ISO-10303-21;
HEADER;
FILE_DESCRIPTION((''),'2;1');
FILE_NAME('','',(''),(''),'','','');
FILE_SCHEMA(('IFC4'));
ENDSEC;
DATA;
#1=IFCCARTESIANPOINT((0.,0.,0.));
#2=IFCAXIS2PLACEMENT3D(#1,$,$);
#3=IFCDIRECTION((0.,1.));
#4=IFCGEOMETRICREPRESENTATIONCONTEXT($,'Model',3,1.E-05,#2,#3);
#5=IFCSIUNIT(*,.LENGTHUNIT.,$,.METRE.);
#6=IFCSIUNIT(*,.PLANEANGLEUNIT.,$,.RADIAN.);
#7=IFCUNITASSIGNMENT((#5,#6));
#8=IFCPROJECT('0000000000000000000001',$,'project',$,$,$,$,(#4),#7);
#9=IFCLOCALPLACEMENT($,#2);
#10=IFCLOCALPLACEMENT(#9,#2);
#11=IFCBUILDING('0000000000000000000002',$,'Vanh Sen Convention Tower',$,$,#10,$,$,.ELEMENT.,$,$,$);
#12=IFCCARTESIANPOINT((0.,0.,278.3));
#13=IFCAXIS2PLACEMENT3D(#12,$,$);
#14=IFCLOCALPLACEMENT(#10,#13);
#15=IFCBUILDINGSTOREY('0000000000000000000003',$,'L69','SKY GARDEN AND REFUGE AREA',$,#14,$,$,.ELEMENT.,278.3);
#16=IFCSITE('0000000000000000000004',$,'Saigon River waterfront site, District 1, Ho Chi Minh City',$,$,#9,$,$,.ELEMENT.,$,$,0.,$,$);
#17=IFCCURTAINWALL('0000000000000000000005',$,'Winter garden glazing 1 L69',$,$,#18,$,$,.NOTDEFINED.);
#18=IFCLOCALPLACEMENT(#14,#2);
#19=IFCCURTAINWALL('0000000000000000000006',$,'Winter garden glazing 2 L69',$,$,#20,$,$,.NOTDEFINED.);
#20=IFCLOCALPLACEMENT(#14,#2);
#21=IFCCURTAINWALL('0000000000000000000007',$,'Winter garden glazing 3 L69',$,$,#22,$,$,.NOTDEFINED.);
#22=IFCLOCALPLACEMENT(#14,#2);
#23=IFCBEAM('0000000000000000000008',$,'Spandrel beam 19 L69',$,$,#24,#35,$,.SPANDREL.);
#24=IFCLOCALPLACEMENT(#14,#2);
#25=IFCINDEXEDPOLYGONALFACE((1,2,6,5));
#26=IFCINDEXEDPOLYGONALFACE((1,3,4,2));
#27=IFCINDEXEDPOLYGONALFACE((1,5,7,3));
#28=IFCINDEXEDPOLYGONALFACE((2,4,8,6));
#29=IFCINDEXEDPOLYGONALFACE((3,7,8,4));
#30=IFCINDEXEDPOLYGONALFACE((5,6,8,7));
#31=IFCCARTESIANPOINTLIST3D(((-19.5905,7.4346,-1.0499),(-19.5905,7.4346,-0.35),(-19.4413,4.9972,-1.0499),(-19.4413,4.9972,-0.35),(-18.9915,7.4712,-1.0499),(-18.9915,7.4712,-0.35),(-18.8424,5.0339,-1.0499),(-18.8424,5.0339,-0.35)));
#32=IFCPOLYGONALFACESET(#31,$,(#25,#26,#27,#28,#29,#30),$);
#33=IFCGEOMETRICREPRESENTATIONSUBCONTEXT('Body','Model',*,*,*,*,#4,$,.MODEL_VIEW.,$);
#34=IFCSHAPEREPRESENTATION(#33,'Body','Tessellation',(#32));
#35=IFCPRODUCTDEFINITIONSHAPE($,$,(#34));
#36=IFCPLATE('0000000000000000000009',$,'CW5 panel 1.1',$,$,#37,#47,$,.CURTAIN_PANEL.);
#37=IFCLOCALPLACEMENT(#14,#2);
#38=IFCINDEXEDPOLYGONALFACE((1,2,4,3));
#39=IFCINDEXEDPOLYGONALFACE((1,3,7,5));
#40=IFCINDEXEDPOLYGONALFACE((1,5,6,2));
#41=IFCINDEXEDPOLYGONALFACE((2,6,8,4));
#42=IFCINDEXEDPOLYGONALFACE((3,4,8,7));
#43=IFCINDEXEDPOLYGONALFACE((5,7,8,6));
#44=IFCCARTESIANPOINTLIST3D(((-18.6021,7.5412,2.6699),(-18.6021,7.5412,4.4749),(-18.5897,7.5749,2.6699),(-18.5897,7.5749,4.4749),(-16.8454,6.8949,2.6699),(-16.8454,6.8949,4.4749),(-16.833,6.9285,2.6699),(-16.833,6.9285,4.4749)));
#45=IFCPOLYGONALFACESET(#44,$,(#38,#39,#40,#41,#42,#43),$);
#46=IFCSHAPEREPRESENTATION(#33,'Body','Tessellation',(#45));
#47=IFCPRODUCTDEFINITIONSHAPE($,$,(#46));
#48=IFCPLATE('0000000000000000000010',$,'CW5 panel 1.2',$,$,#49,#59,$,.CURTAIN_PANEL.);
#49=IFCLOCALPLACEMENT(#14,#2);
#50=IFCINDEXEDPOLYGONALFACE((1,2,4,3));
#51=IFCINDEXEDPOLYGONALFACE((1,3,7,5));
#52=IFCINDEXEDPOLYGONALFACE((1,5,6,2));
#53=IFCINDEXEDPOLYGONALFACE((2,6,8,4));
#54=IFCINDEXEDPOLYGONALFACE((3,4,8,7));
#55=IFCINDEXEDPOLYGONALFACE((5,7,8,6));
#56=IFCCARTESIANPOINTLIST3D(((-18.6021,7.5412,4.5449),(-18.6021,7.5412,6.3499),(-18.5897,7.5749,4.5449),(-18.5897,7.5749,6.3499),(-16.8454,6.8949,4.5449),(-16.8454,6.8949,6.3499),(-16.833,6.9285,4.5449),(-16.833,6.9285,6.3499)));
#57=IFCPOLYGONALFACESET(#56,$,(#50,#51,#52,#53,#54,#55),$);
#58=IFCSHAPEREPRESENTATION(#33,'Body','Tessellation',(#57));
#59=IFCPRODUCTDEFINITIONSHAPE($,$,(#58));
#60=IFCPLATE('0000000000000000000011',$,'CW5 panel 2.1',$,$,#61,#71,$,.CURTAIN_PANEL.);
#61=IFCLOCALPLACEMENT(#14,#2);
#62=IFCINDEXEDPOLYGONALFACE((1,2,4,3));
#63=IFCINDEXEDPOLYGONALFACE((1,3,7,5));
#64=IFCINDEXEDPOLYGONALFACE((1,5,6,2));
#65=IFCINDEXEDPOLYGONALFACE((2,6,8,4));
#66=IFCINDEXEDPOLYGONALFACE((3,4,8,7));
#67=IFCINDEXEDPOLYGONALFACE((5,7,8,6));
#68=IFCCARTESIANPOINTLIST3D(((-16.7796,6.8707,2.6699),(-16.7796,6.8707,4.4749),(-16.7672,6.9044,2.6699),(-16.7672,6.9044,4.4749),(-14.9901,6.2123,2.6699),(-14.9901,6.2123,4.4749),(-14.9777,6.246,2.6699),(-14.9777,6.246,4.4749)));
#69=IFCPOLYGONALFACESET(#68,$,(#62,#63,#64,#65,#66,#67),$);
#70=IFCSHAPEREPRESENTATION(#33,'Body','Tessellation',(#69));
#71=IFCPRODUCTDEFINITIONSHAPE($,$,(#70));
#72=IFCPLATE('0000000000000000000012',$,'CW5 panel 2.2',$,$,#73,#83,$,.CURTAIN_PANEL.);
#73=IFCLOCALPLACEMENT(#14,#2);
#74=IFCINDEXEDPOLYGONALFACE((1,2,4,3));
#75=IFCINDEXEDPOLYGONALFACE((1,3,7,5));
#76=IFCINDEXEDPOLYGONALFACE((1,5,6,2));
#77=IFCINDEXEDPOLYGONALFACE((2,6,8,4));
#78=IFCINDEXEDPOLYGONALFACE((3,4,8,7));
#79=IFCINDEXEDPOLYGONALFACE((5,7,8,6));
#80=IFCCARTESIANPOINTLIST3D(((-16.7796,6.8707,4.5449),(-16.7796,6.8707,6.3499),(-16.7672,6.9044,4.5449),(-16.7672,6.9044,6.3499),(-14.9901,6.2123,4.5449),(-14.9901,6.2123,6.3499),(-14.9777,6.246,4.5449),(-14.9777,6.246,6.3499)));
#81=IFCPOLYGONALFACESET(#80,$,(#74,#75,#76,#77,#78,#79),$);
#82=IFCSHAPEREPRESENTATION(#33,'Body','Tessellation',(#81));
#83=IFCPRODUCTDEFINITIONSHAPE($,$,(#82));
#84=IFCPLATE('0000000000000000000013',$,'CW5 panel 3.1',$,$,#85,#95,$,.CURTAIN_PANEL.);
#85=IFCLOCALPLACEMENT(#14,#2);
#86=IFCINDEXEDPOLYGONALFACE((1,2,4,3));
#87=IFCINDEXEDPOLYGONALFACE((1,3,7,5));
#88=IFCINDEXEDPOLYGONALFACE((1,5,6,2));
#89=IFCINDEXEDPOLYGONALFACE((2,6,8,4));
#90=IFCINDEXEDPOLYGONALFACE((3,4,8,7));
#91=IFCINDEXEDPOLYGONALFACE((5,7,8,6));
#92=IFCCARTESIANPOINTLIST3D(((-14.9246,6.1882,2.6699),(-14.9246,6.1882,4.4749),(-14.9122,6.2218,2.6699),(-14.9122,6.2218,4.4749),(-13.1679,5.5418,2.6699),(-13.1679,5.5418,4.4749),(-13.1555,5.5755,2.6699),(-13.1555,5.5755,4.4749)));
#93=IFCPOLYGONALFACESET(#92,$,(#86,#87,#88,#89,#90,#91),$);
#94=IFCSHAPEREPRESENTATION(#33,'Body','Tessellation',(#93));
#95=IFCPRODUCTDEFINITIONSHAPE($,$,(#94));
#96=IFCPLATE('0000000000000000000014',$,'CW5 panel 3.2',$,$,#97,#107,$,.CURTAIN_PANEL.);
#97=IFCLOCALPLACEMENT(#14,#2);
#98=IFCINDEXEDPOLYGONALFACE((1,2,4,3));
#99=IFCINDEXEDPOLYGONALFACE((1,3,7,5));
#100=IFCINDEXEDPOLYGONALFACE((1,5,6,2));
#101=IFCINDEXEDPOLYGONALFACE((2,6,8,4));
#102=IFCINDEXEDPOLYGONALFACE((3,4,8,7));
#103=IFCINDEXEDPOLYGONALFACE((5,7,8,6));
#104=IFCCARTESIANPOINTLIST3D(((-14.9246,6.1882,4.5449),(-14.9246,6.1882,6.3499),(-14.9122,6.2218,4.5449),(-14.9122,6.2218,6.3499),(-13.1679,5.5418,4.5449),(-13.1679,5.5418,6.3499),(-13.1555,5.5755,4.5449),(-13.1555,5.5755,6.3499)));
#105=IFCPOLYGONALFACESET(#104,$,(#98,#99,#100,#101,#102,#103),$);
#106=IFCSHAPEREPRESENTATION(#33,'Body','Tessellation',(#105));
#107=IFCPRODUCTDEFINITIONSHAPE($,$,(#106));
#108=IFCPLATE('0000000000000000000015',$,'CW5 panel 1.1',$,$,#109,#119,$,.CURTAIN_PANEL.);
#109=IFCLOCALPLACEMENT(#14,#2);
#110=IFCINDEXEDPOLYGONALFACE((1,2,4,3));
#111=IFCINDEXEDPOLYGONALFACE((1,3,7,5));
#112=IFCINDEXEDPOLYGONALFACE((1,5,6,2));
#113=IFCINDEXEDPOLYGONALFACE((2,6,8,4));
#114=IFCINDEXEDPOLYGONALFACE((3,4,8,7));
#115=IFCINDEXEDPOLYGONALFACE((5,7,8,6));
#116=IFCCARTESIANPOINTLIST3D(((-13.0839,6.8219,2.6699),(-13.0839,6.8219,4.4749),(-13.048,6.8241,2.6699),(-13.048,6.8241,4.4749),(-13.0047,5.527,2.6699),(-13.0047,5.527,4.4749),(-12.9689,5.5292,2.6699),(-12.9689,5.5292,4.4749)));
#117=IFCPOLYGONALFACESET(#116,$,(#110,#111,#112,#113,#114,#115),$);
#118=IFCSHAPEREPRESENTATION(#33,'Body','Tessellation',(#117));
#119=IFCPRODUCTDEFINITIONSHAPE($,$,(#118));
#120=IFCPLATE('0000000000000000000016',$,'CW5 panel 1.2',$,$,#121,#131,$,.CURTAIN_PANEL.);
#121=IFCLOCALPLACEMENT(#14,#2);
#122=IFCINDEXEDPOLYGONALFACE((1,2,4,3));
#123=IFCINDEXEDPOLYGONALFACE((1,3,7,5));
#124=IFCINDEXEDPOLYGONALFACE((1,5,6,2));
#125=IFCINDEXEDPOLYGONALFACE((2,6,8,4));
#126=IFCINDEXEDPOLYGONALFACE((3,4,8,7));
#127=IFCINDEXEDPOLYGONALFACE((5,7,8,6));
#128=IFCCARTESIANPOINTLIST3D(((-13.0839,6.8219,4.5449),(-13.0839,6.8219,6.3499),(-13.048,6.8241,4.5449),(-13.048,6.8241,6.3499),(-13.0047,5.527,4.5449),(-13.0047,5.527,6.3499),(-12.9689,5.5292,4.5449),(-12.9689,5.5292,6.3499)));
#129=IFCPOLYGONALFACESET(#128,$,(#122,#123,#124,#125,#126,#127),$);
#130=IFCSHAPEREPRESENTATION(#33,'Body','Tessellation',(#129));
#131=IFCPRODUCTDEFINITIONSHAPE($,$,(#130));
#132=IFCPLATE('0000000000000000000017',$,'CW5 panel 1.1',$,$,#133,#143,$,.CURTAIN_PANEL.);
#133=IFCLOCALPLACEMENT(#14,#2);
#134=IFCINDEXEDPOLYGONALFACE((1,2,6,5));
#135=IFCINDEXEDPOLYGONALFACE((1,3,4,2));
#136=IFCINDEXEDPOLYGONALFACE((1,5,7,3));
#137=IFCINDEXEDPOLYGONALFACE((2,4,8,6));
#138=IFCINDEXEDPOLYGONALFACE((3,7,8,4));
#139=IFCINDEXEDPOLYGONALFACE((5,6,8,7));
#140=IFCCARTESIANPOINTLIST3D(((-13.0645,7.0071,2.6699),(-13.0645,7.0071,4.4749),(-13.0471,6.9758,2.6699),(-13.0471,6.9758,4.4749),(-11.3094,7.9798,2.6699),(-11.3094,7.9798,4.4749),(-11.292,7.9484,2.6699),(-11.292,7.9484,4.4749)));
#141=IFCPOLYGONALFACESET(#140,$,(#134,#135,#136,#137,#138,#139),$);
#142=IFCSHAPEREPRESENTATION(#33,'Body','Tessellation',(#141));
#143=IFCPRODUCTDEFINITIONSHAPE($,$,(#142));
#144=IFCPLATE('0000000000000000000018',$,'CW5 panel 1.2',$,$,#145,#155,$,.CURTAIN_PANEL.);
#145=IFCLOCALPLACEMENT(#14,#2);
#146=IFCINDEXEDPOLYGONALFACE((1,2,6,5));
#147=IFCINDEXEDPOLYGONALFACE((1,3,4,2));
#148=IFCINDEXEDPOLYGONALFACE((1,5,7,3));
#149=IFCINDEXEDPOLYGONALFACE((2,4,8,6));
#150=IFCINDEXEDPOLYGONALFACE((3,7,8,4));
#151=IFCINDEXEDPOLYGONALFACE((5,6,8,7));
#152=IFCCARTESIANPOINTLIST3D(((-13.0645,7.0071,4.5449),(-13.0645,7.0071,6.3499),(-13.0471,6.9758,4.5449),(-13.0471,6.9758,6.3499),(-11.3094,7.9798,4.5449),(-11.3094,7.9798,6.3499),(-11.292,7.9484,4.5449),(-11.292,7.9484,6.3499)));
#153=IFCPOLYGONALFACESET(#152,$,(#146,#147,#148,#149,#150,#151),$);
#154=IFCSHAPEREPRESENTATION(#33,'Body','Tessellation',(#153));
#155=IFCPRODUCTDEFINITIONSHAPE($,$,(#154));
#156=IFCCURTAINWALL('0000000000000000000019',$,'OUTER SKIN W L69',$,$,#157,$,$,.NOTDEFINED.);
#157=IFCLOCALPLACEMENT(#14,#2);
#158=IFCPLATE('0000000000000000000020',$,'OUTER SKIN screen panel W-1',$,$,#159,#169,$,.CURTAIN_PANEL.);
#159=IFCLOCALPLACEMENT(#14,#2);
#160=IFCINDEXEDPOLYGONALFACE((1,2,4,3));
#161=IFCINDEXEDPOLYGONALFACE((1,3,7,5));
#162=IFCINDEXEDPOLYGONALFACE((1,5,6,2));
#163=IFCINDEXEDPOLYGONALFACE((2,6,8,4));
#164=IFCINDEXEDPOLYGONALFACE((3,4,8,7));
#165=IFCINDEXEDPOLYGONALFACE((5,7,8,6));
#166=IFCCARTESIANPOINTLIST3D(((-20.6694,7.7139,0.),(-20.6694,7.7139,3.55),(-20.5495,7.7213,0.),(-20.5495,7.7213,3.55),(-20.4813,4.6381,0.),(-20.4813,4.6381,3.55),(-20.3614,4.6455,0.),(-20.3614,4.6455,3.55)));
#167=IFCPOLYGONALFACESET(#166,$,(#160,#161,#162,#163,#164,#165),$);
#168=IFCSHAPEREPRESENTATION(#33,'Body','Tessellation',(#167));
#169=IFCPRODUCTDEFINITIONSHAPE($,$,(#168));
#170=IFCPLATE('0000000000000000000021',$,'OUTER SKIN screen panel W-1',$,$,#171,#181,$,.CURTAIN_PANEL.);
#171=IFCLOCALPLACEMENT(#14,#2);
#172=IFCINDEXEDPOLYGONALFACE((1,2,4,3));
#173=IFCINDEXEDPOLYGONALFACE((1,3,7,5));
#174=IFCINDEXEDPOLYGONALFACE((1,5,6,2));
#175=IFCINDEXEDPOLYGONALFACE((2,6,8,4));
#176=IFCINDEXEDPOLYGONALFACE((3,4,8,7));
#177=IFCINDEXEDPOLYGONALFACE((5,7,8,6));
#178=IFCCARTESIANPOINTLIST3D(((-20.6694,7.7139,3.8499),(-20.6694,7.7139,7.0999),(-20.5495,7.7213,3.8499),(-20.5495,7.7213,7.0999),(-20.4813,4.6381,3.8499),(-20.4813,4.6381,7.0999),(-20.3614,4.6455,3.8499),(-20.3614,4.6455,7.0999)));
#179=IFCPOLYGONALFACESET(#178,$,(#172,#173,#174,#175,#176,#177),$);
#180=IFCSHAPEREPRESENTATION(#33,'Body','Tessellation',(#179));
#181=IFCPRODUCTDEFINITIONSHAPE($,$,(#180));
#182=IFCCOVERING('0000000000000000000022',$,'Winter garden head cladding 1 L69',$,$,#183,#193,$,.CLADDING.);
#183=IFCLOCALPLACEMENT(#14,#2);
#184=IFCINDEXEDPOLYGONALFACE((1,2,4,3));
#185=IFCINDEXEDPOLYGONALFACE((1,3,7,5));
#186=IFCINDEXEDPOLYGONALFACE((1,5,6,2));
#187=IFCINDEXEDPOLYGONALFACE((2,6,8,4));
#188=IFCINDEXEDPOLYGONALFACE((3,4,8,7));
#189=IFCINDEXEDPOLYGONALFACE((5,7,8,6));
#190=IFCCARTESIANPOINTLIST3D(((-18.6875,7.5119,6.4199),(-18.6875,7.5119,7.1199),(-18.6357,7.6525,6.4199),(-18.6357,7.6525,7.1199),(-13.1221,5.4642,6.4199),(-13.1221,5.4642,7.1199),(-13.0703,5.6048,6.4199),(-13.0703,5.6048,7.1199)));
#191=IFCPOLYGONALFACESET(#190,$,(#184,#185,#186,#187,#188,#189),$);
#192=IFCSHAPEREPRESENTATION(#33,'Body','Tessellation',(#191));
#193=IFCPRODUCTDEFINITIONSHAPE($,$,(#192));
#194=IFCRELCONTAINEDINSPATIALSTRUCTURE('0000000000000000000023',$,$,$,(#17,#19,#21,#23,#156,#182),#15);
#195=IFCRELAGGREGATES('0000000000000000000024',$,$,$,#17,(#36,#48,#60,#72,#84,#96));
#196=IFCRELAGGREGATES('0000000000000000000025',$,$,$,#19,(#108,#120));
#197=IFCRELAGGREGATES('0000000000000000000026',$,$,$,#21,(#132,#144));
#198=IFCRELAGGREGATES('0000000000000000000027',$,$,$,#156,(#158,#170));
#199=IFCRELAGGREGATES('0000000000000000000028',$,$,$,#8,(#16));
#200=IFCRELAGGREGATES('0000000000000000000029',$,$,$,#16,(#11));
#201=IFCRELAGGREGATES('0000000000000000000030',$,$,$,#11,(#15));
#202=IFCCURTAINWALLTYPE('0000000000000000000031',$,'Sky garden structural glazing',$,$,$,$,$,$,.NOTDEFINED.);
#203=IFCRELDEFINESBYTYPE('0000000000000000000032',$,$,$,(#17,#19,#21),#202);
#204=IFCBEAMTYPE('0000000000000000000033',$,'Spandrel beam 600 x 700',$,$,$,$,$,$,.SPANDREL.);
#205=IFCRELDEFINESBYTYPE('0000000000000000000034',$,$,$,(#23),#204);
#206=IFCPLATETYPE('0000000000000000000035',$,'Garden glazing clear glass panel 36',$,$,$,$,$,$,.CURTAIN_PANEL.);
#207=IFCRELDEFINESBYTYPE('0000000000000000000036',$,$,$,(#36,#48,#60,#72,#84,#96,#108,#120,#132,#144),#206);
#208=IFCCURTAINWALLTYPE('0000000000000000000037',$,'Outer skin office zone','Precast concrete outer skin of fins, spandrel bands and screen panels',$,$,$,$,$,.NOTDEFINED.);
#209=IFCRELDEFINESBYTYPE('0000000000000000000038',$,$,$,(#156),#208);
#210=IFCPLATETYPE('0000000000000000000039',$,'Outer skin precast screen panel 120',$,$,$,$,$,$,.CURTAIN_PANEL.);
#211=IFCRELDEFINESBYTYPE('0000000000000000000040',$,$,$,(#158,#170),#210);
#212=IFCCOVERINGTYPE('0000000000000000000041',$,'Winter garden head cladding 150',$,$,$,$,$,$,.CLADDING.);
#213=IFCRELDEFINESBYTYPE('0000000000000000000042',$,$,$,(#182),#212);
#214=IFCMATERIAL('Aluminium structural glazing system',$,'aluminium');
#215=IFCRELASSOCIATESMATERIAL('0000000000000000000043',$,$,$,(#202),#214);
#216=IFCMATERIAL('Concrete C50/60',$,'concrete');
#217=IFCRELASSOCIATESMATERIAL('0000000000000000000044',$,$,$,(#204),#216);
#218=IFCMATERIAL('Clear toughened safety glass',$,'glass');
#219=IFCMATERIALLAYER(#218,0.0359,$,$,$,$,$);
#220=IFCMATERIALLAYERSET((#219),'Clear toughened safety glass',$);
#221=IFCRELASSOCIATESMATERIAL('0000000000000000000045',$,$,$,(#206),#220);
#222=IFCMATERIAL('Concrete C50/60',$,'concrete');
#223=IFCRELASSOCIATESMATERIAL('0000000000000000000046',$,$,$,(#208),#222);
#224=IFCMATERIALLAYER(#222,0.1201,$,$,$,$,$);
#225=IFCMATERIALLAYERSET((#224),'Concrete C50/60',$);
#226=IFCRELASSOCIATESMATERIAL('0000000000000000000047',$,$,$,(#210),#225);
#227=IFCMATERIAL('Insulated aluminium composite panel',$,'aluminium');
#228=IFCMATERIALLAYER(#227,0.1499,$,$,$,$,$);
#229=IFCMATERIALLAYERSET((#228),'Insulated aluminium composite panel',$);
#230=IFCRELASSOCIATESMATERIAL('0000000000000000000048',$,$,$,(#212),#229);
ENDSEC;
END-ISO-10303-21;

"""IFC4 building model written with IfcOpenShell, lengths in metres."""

from ifc_helpers import new_model, si_unit, direction, frame, origin, origin_2d, place, context, subcontext, project, spatial, rectangle, extrude, material, layer, layer_set, material_profile, profile_set, type_object, element, aggregate, save


model = new_model("IFC4")

# Units and contexts
model_context = context("Model", 3, precision=1e-05, world=origin(), true_north=direction((0.0, 1.0)))
body_context = subcontext(model_context, "Body", "Model", "MODEL_VIEW")
ifc_project = project(units=[si_unit("LENGTHUNIT", "METRE"), si_unit("PLANEANGLEUNIT", "RADIAN")], contexts=[model_context])

# Site, building, storey
site_placement = place(None, origin())
site = spatial("IfcSite", under=ifc_project, at=site_placement, Name="Saigon River waterfront site, District 1, Ho Chi Minh City", CompositionType="ELEMENT", RefElevation=0.0)
building_placement = place(site_placement, origin())
building = spatial("IfcBuilding", under=site, at=building_placement, Name="Vanh Sen Convention Tower", CompositionType="ELEMENT")
storey_placement = place(building_placement, frame((0.0, 0.0, 278.3)))
storey = spatial("IfcBuildingStorey", under=building, at=storey_placement, Name="L69", Description="SKY GARDEN AND REFUGE AREA", CompositionType="ELEMENT", Elevation=278.3)

# Curtain wall
ifc_material_1 = material(Name="Aluminium structural glazing system", Category="aluminium")
curtain_wall_type_1 = type_object("IfcCurtainWallType", Name="Sky garden structural glazing", PredefinedType="NOTDEFINED", material=ifc_material_1)
curtain_wall_1_placement = place(storey_placement, origin())
curtain_wall_1 = element("IfcCurtainWall", 1, at=curtain_wall_1_placement, inside=storey, type_object=curtain_wall_type_1, Name="Winter garden glazing 1 L69", PredefinedType="NOTDEFINED")

# Curtain walls
curtain_wall_2_placement = place(storey_placement, origin())
curtain_wall_2 = element("IfcCurtainWall", 2, at=curtain_wall_2_placement, inside=storey, type_object=curtain_wall_type_1, Name="Winter garden glazing 2 L69", PredefinedType="NOTDEFINED")
curtain_wall_3_placement = place(storey_placement, origin())
curtain_wall_3 = element("IfcCurtainWall", 3, at=curtain_wall_3_placement, inside=storey, type_object=curtain_wall_type_1, Name="Winter garden glazing 3 L69", PredefinedType="NOTDEFINED")

# Beam
ifc_material_2 = material(Name="Concrete C50/60", Category="concrete")
ifc_material_profile_1 = material_profile(ifc_material_2, rectangle(XDim=0.6001, YDim=0.7, at=origin_2d()), Name="RC 600X700")
ifc_profile_set_1 = profile_set([ifc_material_profile_1], Name="Concrete C50/60")
beam_type = type_object("IfcBeamType", Name="Spandrel beam 600 x 700", PredefinedType="SPANDREL", material=ifc_profile_set_1)
beam_placement = place(storey_placement, frame((-19.291, 7.4529, -0.7), z_axis=(0.06109, -0.998132, 0.0), x_axis=(0.998132, 0.06109, 0.0)))
element("IfcBeam", 4, at=beam_placement, inside=storey, type_object=beam_type, Name="Spandrel beam 19 L69", PredefinedType="SPANDREL", context=body_context, shape_type="SweptSolid", body=[
    extrude(rectangle(XDim=0.6001, YDim=0.7, at=origin_2d()), origin(), (0.0, 0.0, 1.0), 2.4419),
])

# Plates
ifc_material_3 = material(Name="Clear toughened safety glass", Category="glass")
ifc_layer_1 = layer(ifc_material_3, 0.0359)
ifc_layer_set_1 = layer_set([ifc_layer_1], Name="Clear toughened safety glass")
plate_type_1 = type_object("IfcPlateType", Name="Garden glazing clear glass panel 36", PredefinedType="CURTAIN_PANEL", material=ifc_layer_set_1)
plate_1_placement = place(storey_placement, frame((-17.7175, 7.2349, 2.6699), z_axis=(0.0, 0.0, 1.0), x_axis=(0.938493, -0.345297, 0.0)))
plate_1 = element("IfcPlate", 5, at=plate_1_placement, type_object=plate_type_1, Name="CW5 panel 1.1", PredefinedType="CURTAIN_PANEL", context=body_context, shape_type="SweptSolid", body=[
    extrude(rectangle(XDim=1.8718, YDim=0.0359, at=origin_2d()), origin(), (0.0, 0.0, 1.0), 1.8049),
])
plate_2_placement = place(storey_placement, frame((-17.7175, 7.2349, 4.5449), z_axis=(0.0, 0.0, 1.0), x_axis=(0.938493, -0.345297, 0.0)))
plate_2 = element("IfcPlate", 6, at=plate_2_placement, type_object=plate_type_1, Name="CW5 panel 1.2", PredefinedType="CURTAIN_PANEL", context=body_context, shape_type="SweptSolid", body=[
    extrude(rectangle(XDim=1.8718, YDim=0.0359, at=origin_2d()), origin(), (0.0, 0.0, 1.0), 1.8049),
])
plate_3_placement = place(storey_placement, frame((-15.8787, 6.5583, 2.6699), z_axis=(0.0, 0.0, 1.0), x_axis=(0.938493, -0.345297, 0.0)))
plate_3 = element("IfcPlate", 7, at=plate_3_placement, type_object=plate_type_1, Name="CW5 panel 2.1", PredefinedType="CURTAIN_PANEL", context=body_context, shape_type="SweptSolid", body=[
    extrude(rectangle(XDim=1.9067, YDim=0.0359, at=origin_2d()), origin(), (0.0, 0.0, 1.0), 1.8049),
])
plate_4_placement = place(storey_placement, frame((-15.8787, 6.5583, 4.5449), z_axis=(0.0, 0.0, 1.0), x_axis=(0.938493, -0.345297, 0.0)))
plate_4 = element("IfcPlate", 8, at=plate_4_placement, type_object=plate_type_1, Name="CW5 panel 2.2", PredefinedType="CURTAIN_PANEL", context=body_context, shape_type="SweptSolid", body=[
    extrude(rectangle(XDim=1.9067, YDim=0.0359, at=origin_2d()), origin(), (0.0, 0.0, 1.0), 1.8049),
])
plate_5_placement = place(storey_placement, frame((-14.04, 5.8818, 2.6699), z_axis=(0.0, 0.0, 1.0), x_axis=(0.938493, -0.345297, 0.0)))
plate_5 = element("IfcPlate", 9, at=plate_5_placement, type_object=plate_type_1, Name="CW5 panel 3.1", PredefinedType="CURTAIN_PANEL", context=body_context, shape_type="SweptSolid", body=[
    extrude(rectangle(XDim=1.8718, YDim=0.0359, at=origin_2d()), origin(), (0.0, 0.0, 1.0), 1.8049),
])
plate_6_placement = place(storey_placement, frame((-14.04, 5.8818, 4.5449), z_axis=(0.0, 0.0, 1.0), x_axis=(0.938493, -0.345297, 0.0)))
plate_6 = element("IfcPlate", 10, at=plate_6_placement, type_object=plate_type_1, Name="CW5 panel 3.2", PredefinedType="CURTAIN_PANEL", context=body_context, shape_type="SweptSolid", body=[
    extrude(rectangle(XDim=1.8718, YDim=0.0359, at=origin_2d()), origin(), (0.0, 0.0, 1.0), 1.8049),
])
aggregate(curtain_wall_1, [plate_1, plate_2, plate_3, plate_4, plate_5, plate_6])
plate_7_placement = place(storey_placement, frame((-13.0264, 6.1755, 2.6699), z_axis=(0.0, 0.0, 1.0), x_axis=(-0.061018, 0.998137, 0.0)))
plate_7 = element("IfcPlate", 11, at=plate_7_placement, type_object=plate_type_1, Name="CW5 panel 1.1", PredefinedType="CURTAIN_PANEL", context=body_context, shape_type="SweptSolid", body=[
    extrude(rectangle(XDim=1.2974, YDim=0.0359, at=origin_2d()), origin(), (0.0, 0.0, 1.0), 1.8049),
])
plate_8_placement = place(storey_placement, frame((-13.0264, 6.1755, 4.5449), z_axis=(0.0, 0.0, 1.0), x_axis=(-0.061018, 0.998137, 0.0)))
plate_8 = element("IfcPlate", 12, at=plate_8_placement, type_object=plate_type_1, Name="CW5 panel 1.2", PredefinedType="CURTAIN_PANEL", context=body_context, shape_type="SweptSolid", body=[
    extrude(rectangle(XDim=1.2974, YDim=0.0359, at=origin_2d()), origin(), (0.0, 0.0, 1.0), 1.8049),
])
aggregate(curtain_wall_2, [plate_7, plate_8])
plate_9_placement = place(storey_placement, frame((-12.1782, 7.4778, 2.6699), z_axis=(0.0, 0.0, 1.0), x_axis=(0.874659, 0.484739, 0.0)))
plate_9 = element("IfcPlate", 13, at=plate_9_placement, type_object=plate_type_1, Name="CW5 panel 1.1", PredefinedType="CURTAIN_PANEL", context=body_context, shape_type="SweptSolid", body=[
    extrude(rectangle(XDim=2.0066, YDim=0.0359, at=origin_2d()), origin(), (0.0, 0.0, 1.0), 1.8049),
])
plate_10_placement = place(storey_placement, frame((-12.1782, 7.4778, 4.5449), z_axis=(0.0, 0.0, 1.0), x_axis=(0.874659, 0.484739, 0.0)))
plate_10 = element("IfcPlate", 14, at=plate_10_placement, type_object=plate_type_1, Name="CW5 panel 1.2", PredefinedType="CURTAIN_PANEL", context=body_context, shape_type="SweptSolid", body=[
    extrude(rectangle(XDim=2.0066, YDim=0.0359, at=origin_2d()), origin(), (0.0, 0.0, 1.0), 1.8049),
])
aggregate(curtain_wall_3, [plate_9, plate_10])

# Curtain wall, plates
ifc_material_4 = material(Name="Concrete C50/60", Category="concrete")
curtain_wall_type_2 = type_object("IfcCurtainWallType", Name="Outer skin office zone", Description="Precast concrete outer skin of fins, spandrel bands and screen panels", PredefinedType="NOTDEFINED", material=ifc_material_4)
curtain_wall_4_placement = place(storey_placement, origin())
curtain_wall_4 = element("IfcCurtainWall", 15, at=curtain_wall_4_placement, inside=storey, type_object=curtain_wall_type_2, Name="OUTER SKIN W L69", PredefinedType="NOTDEFINED")
ifc_layer_2 = layer(ifc_material_4, 0.1201)
ifc_layer_set_2 = layer_set([ifc_layer_2], Name="Concrete C50/60")
plate_type_2 = type_object("IfcPlateType", Name="Outer skin precast screen panel 120", PredefinedType="CURTAIN_PANEL", material=ifc_layer_set_2)
plate_11_placement = place(storey_placement, frame((-20.5154, 6.1797, 0.0), z_axis=(0.0, 0.0, 1.0), x_axis=(0.061052, -0.998135, 0.0)))
plate_11 = element("IfcPlate", 16, at=plate_11_placement, type_object=plate_type_2, Name="OUTER SKIN screen panel W-1", PredefinedType="CURTAIN_PANEL", context=body_context, shape_type="SweptSolid", body=[
    extrude(rectangle(XDim=3.0815, YDim=0.1201, at=origin_2d()), origin(), (0.0, 0.0, 1.0), 3.55),
])
plate_12_placement = place(storey_placement, frame((-20.5154, 6.1797, 3.8499), z_axis=(0.0, 0.0, 1.0), x_axis=(0.061052, -0.998135, 0.0)))
plate_12 = element("IfcPlate", 17, at=plate_12_placement, type_object=plate_type_2, Name="OUTER SKIN screen panel W-1", PredefinedType="CURTAIN_PANEL", context=body_context, shape_type="SweptSolid", body=[
    extrude(rectangle(XDim=3.0815, YDim=0.1201, at=origin_2d()), origin(), (0.0, 0.0, 1.0), 3.25),
])
aggregate(curtain_wall_4, [plate_11, plate_12])

# Covering
ifc_material_5 = material(Name="Insulated aluminium composite panel", Category="aluminium")
ifc_layer_3 = layer(ifc_material_5, 0.1499)
ifc_layer_set_3 = layer_set([ifc_layer_3], Name="Insulated aluminium composite panel")
covering_type = type_object("IfcCoveringType", Name="Winter garden head cladding 150", PredefinedType="CLADDING", material=ifc_layer_set_3)
covering_1_placement = place(storey_placement, frame((-15.8789, 6.5583, 6.4199), z_axis=(0.0, 0.0, 1.0), x_axis=(0.938491, -0.345303, 0.0)))
element("IfcCovering", 18, at=covering_1_placement, inside=storey, type_object=covering_type, Name="Winter garden head cladding 1 L69", PredefinedType="CLADDING", context=body_context, shape_type="SweptSolid", body=[
    extrude(rectangle(XDim=5.9302, YDim=0.1499, at=origin_2d()), origin(), (0.0, 0.0, 1.0), 0.7),
])

save(model, "model.ifc")
